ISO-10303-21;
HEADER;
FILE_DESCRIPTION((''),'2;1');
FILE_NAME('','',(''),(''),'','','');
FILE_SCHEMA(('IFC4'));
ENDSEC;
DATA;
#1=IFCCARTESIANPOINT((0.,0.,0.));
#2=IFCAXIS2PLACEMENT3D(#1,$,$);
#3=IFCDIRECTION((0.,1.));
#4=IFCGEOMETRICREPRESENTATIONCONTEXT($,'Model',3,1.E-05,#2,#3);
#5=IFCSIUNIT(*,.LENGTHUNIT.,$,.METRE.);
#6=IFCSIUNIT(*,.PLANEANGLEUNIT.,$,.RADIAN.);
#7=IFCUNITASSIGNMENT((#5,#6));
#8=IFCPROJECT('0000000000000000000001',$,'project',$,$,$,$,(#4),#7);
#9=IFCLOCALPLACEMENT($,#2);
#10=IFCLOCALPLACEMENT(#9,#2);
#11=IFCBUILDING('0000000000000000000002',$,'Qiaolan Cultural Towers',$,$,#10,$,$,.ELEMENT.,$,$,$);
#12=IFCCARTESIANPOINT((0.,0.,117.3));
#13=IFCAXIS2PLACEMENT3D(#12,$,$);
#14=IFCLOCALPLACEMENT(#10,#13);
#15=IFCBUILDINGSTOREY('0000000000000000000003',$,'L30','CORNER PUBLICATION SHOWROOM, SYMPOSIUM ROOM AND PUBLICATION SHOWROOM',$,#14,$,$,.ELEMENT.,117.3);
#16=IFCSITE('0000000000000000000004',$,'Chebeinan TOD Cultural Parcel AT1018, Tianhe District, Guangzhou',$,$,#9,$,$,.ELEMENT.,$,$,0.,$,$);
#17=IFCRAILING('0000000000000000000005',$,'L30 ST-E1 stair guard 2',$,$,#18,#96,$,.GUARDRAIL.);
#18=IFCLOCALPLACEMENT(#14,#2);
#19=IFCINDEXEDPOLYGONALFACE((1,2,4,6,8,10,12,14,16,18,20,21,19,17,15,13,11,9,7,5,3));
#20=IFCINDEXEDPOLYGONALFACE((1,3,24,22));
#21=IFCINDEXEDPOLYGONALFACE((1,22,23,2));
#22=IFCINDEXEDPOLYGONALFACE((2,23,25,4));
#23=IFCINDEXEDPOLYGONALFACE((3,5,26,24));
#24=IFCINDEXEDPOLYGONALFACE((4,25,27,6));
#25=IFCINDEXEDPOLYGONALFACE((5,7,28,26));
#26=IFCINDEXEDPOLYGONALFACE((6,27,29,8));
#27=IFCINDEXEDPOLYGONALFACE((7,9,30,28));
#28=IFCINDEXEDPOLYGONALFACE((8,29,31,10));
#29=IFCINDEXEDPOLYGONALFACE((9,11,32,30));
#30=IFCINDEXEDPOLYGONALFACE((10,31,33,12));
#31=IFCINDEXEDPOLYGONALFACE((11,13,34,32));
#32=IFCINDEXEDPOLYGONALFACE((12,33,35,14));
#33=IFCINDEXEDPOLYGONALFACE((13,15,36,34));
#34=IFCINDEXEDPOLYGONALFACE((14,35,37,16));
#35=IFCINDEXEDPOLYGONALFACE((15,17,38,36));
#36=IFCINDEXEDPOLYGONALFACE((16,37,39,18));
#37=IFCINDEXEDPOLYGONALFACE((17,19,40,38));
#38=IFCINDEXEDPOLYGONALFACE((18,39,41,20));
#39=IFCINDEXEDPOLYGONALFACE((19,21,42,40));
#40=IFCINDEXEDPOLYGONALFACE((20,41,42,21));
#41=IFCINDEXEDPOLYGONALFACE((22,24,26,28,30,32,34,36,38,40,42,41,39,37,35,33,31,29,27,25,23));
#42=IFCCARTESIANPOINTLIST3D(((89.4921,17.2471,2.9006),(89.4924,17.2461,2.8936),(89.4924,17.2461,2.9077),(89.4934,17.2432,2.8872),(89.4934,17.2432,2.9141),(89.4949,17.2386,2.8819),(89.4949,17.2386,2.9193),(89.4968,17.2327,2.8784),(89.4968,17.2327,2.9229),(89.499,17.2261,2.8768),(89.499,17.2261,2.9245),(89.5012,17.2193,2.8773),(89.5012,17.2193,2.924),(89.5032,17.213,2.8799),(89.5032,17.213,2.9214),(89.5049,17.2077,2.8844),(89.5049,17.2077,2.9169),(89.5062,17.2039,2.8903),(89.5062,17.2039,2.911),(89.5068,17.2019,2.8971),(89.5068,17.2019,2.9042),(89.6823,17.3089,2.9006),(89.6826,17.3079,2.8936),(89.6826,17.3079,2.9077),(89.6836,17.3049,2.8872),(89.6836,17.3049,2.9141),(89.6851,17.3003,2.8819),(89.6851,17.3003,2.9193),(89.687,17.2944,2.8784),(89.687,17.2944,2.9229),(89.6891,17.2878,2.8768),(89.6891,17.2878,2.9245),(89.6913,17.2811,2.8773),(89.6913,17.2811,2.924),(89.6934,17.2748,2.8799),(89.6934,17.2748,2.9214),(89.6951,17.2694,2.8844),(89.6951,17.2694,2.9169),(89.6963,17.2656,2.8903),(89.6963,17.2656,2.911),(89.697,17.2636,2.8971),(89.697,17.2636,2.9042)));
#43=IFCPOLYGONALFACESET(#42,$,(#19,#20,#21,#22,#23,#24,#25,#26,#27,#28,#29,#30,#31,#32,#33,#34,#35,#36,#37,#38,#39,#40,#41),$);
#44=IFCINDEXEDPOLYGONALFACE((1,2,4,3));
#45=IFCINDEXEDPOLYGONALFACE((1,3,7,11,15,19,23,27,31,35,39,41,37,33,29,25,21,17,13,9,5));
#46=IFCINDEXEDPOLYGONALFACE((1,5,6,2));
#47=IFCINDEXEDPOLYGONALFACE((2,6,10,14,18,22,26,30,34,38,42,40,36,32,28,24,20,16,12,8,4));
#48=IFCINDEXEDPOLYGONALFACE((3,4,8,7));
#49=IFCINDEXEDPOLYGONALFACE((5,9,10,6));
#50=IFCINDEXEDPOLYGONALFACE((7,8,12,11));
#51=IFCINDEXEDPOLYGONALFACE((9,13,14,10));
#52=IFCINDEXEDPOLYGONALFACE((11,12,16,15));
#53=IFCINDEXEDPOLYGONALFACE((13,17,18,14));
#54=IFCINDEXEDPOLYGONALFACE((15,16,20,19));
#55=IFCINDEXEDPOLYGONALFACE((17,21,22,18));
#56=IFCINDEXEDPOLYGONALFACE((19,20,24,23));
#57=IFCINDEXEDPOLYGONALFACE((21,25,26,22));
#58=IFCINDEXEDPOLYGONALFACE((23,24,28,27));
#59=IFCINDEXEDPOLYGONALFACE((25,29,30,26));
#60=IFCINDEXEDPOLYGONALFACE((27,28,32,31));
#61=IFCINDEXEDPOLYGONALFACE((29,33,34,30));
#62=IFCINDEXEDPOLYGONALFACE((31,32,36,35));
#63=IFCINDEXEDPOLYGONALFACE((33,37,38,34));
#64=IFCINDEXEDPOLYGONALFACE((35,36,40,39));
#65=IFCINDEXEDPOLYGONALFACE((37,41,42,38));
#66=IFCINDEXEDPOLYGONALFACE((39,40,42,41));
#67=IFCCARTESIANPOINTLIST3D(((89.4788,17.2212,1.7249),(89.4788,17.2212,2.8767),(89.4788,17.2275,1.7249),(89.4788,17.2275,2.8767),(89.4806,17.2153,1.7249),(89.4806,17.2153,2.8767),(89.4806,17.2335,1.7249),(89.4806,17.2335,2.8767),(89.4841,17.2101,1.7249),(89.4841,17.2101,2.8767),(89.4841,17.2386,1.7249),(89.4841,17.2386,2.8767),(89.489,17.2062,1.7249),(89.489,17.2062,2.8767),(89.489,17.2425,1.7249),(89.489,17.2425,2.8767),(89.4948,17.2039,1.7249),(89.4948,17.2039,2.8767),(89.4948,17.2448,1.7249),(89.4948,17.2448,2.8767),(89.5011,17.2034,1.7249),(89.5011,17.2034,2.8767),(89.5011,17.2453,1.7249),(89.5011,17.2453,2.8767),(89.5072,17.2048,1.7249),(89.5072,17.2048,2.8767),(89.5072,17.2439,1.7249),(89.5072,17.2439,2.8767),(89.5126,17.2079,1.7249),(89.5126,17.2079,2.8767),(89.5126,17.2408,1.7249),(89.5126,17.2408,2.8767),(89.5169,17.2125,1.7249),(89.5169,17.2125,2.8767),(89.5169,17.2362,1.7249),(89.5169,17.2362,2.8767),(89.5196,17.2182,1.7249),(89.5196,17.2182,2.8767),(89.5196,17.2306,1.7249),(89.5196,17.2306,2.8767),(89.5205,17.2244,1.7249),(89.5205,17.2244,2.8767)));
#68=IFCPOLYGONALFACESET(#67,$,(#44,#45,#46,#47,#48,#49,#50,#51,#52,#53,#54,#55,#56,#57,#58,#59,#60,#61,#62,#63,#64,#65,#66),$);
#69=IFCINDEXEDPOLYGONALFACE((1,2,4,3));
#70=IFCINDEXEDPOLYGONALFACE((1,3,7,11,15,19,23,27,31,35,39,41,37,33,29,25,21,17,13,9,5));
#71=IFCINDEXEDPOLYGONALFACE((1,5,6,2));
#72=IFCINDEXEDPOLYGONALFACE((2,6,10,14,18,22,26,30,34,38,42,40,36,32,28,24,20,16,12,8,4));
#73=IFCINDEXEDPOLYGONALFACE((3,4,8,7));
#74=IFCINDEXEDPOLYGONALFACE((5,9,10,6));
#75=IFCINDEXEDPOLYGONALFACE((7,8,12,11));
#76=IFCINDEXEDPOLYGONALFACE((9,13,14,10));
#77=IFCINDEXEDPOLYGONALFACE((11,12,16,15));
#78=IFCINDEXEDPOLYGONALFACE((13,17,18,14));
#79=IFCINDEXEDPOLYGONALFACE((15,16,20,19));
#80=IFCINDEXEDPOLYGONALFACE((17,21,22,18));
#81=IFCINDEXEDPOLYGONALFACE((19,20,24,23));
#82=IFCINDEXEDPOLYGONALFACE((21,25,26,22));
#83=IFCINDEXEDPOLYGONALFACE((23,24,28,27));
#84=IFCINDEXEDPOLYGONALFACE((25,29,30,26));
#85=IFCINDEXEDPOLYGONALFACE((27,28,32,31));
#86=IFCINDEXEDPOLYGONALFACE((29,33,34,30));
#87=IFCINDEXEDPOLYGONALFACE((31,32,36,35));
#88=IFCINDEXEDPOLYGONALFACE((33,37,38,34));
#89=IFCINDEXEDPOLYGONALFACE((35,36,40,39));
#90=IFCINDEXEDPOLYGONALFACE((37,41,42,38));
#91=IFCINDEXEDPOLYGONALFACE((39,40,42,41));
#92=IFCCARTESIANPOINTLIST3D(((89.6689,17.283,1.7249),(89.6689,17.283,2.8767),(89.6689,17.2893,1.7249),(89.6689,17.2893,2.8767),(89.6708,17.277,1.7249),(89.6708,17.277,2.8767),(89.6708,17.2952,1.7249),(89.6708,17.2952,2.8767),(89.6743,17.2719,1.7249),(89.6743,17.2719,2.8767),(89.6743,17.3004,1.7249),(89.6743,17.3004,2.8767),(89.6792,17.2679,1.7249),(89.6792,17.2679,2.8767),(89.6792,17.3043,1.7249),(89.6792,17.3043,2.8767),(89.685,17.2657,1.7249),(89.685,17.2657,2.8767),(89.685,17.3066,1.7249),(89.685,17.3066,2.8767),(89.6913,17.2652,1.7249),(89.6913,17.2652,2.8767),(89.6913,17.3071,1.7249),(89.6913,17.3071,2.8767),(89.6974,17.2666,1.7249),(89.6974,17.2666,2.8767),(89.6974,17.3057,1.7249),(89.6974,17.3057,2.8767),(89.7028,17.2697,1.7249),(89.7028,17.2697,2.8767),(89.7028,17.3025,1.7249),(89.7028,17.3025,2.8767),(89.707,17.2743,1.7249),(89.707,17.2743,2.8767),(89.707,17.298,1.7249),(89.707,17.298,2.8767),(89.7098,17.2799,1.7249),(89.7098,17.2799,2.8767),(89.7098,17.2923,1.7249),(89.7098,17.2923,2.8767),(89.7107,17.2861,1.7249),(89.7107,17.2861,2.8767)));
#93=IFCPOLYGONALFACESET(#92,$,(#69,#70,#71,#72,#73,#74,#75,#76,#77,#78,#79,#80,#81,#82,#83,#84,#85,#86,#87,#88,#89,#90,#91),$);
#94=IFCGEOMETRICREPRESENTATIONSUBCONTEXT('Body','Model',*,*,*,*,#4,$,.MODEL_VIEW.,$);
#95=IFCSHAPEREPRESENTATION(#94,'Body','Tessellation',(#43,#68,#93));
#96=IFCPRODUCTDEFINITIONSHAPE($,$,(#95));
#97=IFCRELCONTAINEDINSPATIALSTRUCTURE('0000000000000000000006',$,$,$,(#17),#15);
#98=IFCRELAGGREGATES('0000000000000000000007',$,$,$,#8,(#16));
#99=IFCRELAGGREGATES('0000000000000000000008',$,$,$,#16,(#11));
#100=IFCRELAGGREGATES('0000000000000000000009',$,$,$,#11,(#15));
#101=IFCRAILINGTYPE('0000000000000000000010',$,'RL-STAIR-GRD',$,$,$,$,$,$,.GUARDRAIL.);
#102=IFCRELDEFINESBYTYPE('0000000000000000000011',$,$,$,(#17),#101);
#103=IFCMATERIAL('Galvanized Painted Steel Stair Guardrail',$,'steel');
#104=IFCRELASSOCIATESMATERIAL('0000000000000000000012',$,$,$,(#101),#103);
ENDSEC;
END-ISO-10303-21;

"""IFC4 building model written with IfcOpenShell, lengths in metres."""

from ifc_helpers import new_model, si_unit, direction, frame, origin, origin_2d, place, context, subcontext, project, spatial, circle, extrude, material, type_object, element, save


model = new_model("IFC4")

# Units and contexts
model_context = context("Model", 3, precision=1e-05, world=origin(), true_north=direction((0.0, 1.0)))
body_context = subcontext(model_context, "Body", "Model", "MODEL_VIEW")
ifc_project = project(units=[si_unit("LENGTHUNIT", "METRE"), si_unit("PLANEANGLEUNIT", "RADIAN")], contexts=[model_context])

# Site, building, storey
site_placement = place(None, origin())
site = spatial("IfcSite", under=ifc_project, at=site_placement, Name="Chebeinan TOD Cultural Parcel AT1018, Tianhe District, Guangzhou", CompositionType="ELEMENT", RefElevation=0.0)
building_placement = place(site_placement, origin())
building = spatial("IfcBuilding", under=site, at=building_placement, Name="Qiaolan Cultural Towers", CompositionType="ELEMENT")
storey_placement = place(building_placement, frame((0.0, 0.0, 117.3)))
storey = spatial("IfcBuildingStorey", under=building, at=storey_placement, Name="L30", Description="CORNER PUBLICATION SHOWROOM, SYMPOSIUM ROOM AND PUBLICATION SHOWROOM", CompositionType="ELEMENT", Elevation=117.3)

# Railing
ifc_material_1 = material(Name="Galvanized Painted Steel Stair Guardrail", Category="steel")
railing_type_1 = type_object("IfcRailingType", Name="RL-STAIR-GRD", PredefinedType="GUARDRAIL", material=ifc_material_1)
railing_1_placement = place(storey_placement, frame((89.4995, 17.2244, 1.7249)))
element("IfcRailing", 1, at=railing_1_placement, inside=storey, type_object=railing_type_1, Name="L30 ST-E1 stair guard 2", PredefinedType="GUARDRAIL", context=body_context, shape_type="SweptSolid", body=[
    extrude(circle(Radius=0.0239, at=origin_2d()), frame((0.0, 0.0, 1.1758), z_axis=(0.951097, 0.308893, 0.0), x_axis=(-0.308893, 0.951097, 0.0)), (0.0, 0.0, 1.0), 0.2),
    extrude(circle(Radius=0.021, at=origin_2d()), origin(), (0.0, 0.0, 1.0), 1.1519),
    extrude(circle(Radius=0.021, at=origin_2d()), frame((0.1902, 0.0618, 0.0)), (0.0, 0.0, 1.0), 1.1519),
])

save(model, "model.ifc")
